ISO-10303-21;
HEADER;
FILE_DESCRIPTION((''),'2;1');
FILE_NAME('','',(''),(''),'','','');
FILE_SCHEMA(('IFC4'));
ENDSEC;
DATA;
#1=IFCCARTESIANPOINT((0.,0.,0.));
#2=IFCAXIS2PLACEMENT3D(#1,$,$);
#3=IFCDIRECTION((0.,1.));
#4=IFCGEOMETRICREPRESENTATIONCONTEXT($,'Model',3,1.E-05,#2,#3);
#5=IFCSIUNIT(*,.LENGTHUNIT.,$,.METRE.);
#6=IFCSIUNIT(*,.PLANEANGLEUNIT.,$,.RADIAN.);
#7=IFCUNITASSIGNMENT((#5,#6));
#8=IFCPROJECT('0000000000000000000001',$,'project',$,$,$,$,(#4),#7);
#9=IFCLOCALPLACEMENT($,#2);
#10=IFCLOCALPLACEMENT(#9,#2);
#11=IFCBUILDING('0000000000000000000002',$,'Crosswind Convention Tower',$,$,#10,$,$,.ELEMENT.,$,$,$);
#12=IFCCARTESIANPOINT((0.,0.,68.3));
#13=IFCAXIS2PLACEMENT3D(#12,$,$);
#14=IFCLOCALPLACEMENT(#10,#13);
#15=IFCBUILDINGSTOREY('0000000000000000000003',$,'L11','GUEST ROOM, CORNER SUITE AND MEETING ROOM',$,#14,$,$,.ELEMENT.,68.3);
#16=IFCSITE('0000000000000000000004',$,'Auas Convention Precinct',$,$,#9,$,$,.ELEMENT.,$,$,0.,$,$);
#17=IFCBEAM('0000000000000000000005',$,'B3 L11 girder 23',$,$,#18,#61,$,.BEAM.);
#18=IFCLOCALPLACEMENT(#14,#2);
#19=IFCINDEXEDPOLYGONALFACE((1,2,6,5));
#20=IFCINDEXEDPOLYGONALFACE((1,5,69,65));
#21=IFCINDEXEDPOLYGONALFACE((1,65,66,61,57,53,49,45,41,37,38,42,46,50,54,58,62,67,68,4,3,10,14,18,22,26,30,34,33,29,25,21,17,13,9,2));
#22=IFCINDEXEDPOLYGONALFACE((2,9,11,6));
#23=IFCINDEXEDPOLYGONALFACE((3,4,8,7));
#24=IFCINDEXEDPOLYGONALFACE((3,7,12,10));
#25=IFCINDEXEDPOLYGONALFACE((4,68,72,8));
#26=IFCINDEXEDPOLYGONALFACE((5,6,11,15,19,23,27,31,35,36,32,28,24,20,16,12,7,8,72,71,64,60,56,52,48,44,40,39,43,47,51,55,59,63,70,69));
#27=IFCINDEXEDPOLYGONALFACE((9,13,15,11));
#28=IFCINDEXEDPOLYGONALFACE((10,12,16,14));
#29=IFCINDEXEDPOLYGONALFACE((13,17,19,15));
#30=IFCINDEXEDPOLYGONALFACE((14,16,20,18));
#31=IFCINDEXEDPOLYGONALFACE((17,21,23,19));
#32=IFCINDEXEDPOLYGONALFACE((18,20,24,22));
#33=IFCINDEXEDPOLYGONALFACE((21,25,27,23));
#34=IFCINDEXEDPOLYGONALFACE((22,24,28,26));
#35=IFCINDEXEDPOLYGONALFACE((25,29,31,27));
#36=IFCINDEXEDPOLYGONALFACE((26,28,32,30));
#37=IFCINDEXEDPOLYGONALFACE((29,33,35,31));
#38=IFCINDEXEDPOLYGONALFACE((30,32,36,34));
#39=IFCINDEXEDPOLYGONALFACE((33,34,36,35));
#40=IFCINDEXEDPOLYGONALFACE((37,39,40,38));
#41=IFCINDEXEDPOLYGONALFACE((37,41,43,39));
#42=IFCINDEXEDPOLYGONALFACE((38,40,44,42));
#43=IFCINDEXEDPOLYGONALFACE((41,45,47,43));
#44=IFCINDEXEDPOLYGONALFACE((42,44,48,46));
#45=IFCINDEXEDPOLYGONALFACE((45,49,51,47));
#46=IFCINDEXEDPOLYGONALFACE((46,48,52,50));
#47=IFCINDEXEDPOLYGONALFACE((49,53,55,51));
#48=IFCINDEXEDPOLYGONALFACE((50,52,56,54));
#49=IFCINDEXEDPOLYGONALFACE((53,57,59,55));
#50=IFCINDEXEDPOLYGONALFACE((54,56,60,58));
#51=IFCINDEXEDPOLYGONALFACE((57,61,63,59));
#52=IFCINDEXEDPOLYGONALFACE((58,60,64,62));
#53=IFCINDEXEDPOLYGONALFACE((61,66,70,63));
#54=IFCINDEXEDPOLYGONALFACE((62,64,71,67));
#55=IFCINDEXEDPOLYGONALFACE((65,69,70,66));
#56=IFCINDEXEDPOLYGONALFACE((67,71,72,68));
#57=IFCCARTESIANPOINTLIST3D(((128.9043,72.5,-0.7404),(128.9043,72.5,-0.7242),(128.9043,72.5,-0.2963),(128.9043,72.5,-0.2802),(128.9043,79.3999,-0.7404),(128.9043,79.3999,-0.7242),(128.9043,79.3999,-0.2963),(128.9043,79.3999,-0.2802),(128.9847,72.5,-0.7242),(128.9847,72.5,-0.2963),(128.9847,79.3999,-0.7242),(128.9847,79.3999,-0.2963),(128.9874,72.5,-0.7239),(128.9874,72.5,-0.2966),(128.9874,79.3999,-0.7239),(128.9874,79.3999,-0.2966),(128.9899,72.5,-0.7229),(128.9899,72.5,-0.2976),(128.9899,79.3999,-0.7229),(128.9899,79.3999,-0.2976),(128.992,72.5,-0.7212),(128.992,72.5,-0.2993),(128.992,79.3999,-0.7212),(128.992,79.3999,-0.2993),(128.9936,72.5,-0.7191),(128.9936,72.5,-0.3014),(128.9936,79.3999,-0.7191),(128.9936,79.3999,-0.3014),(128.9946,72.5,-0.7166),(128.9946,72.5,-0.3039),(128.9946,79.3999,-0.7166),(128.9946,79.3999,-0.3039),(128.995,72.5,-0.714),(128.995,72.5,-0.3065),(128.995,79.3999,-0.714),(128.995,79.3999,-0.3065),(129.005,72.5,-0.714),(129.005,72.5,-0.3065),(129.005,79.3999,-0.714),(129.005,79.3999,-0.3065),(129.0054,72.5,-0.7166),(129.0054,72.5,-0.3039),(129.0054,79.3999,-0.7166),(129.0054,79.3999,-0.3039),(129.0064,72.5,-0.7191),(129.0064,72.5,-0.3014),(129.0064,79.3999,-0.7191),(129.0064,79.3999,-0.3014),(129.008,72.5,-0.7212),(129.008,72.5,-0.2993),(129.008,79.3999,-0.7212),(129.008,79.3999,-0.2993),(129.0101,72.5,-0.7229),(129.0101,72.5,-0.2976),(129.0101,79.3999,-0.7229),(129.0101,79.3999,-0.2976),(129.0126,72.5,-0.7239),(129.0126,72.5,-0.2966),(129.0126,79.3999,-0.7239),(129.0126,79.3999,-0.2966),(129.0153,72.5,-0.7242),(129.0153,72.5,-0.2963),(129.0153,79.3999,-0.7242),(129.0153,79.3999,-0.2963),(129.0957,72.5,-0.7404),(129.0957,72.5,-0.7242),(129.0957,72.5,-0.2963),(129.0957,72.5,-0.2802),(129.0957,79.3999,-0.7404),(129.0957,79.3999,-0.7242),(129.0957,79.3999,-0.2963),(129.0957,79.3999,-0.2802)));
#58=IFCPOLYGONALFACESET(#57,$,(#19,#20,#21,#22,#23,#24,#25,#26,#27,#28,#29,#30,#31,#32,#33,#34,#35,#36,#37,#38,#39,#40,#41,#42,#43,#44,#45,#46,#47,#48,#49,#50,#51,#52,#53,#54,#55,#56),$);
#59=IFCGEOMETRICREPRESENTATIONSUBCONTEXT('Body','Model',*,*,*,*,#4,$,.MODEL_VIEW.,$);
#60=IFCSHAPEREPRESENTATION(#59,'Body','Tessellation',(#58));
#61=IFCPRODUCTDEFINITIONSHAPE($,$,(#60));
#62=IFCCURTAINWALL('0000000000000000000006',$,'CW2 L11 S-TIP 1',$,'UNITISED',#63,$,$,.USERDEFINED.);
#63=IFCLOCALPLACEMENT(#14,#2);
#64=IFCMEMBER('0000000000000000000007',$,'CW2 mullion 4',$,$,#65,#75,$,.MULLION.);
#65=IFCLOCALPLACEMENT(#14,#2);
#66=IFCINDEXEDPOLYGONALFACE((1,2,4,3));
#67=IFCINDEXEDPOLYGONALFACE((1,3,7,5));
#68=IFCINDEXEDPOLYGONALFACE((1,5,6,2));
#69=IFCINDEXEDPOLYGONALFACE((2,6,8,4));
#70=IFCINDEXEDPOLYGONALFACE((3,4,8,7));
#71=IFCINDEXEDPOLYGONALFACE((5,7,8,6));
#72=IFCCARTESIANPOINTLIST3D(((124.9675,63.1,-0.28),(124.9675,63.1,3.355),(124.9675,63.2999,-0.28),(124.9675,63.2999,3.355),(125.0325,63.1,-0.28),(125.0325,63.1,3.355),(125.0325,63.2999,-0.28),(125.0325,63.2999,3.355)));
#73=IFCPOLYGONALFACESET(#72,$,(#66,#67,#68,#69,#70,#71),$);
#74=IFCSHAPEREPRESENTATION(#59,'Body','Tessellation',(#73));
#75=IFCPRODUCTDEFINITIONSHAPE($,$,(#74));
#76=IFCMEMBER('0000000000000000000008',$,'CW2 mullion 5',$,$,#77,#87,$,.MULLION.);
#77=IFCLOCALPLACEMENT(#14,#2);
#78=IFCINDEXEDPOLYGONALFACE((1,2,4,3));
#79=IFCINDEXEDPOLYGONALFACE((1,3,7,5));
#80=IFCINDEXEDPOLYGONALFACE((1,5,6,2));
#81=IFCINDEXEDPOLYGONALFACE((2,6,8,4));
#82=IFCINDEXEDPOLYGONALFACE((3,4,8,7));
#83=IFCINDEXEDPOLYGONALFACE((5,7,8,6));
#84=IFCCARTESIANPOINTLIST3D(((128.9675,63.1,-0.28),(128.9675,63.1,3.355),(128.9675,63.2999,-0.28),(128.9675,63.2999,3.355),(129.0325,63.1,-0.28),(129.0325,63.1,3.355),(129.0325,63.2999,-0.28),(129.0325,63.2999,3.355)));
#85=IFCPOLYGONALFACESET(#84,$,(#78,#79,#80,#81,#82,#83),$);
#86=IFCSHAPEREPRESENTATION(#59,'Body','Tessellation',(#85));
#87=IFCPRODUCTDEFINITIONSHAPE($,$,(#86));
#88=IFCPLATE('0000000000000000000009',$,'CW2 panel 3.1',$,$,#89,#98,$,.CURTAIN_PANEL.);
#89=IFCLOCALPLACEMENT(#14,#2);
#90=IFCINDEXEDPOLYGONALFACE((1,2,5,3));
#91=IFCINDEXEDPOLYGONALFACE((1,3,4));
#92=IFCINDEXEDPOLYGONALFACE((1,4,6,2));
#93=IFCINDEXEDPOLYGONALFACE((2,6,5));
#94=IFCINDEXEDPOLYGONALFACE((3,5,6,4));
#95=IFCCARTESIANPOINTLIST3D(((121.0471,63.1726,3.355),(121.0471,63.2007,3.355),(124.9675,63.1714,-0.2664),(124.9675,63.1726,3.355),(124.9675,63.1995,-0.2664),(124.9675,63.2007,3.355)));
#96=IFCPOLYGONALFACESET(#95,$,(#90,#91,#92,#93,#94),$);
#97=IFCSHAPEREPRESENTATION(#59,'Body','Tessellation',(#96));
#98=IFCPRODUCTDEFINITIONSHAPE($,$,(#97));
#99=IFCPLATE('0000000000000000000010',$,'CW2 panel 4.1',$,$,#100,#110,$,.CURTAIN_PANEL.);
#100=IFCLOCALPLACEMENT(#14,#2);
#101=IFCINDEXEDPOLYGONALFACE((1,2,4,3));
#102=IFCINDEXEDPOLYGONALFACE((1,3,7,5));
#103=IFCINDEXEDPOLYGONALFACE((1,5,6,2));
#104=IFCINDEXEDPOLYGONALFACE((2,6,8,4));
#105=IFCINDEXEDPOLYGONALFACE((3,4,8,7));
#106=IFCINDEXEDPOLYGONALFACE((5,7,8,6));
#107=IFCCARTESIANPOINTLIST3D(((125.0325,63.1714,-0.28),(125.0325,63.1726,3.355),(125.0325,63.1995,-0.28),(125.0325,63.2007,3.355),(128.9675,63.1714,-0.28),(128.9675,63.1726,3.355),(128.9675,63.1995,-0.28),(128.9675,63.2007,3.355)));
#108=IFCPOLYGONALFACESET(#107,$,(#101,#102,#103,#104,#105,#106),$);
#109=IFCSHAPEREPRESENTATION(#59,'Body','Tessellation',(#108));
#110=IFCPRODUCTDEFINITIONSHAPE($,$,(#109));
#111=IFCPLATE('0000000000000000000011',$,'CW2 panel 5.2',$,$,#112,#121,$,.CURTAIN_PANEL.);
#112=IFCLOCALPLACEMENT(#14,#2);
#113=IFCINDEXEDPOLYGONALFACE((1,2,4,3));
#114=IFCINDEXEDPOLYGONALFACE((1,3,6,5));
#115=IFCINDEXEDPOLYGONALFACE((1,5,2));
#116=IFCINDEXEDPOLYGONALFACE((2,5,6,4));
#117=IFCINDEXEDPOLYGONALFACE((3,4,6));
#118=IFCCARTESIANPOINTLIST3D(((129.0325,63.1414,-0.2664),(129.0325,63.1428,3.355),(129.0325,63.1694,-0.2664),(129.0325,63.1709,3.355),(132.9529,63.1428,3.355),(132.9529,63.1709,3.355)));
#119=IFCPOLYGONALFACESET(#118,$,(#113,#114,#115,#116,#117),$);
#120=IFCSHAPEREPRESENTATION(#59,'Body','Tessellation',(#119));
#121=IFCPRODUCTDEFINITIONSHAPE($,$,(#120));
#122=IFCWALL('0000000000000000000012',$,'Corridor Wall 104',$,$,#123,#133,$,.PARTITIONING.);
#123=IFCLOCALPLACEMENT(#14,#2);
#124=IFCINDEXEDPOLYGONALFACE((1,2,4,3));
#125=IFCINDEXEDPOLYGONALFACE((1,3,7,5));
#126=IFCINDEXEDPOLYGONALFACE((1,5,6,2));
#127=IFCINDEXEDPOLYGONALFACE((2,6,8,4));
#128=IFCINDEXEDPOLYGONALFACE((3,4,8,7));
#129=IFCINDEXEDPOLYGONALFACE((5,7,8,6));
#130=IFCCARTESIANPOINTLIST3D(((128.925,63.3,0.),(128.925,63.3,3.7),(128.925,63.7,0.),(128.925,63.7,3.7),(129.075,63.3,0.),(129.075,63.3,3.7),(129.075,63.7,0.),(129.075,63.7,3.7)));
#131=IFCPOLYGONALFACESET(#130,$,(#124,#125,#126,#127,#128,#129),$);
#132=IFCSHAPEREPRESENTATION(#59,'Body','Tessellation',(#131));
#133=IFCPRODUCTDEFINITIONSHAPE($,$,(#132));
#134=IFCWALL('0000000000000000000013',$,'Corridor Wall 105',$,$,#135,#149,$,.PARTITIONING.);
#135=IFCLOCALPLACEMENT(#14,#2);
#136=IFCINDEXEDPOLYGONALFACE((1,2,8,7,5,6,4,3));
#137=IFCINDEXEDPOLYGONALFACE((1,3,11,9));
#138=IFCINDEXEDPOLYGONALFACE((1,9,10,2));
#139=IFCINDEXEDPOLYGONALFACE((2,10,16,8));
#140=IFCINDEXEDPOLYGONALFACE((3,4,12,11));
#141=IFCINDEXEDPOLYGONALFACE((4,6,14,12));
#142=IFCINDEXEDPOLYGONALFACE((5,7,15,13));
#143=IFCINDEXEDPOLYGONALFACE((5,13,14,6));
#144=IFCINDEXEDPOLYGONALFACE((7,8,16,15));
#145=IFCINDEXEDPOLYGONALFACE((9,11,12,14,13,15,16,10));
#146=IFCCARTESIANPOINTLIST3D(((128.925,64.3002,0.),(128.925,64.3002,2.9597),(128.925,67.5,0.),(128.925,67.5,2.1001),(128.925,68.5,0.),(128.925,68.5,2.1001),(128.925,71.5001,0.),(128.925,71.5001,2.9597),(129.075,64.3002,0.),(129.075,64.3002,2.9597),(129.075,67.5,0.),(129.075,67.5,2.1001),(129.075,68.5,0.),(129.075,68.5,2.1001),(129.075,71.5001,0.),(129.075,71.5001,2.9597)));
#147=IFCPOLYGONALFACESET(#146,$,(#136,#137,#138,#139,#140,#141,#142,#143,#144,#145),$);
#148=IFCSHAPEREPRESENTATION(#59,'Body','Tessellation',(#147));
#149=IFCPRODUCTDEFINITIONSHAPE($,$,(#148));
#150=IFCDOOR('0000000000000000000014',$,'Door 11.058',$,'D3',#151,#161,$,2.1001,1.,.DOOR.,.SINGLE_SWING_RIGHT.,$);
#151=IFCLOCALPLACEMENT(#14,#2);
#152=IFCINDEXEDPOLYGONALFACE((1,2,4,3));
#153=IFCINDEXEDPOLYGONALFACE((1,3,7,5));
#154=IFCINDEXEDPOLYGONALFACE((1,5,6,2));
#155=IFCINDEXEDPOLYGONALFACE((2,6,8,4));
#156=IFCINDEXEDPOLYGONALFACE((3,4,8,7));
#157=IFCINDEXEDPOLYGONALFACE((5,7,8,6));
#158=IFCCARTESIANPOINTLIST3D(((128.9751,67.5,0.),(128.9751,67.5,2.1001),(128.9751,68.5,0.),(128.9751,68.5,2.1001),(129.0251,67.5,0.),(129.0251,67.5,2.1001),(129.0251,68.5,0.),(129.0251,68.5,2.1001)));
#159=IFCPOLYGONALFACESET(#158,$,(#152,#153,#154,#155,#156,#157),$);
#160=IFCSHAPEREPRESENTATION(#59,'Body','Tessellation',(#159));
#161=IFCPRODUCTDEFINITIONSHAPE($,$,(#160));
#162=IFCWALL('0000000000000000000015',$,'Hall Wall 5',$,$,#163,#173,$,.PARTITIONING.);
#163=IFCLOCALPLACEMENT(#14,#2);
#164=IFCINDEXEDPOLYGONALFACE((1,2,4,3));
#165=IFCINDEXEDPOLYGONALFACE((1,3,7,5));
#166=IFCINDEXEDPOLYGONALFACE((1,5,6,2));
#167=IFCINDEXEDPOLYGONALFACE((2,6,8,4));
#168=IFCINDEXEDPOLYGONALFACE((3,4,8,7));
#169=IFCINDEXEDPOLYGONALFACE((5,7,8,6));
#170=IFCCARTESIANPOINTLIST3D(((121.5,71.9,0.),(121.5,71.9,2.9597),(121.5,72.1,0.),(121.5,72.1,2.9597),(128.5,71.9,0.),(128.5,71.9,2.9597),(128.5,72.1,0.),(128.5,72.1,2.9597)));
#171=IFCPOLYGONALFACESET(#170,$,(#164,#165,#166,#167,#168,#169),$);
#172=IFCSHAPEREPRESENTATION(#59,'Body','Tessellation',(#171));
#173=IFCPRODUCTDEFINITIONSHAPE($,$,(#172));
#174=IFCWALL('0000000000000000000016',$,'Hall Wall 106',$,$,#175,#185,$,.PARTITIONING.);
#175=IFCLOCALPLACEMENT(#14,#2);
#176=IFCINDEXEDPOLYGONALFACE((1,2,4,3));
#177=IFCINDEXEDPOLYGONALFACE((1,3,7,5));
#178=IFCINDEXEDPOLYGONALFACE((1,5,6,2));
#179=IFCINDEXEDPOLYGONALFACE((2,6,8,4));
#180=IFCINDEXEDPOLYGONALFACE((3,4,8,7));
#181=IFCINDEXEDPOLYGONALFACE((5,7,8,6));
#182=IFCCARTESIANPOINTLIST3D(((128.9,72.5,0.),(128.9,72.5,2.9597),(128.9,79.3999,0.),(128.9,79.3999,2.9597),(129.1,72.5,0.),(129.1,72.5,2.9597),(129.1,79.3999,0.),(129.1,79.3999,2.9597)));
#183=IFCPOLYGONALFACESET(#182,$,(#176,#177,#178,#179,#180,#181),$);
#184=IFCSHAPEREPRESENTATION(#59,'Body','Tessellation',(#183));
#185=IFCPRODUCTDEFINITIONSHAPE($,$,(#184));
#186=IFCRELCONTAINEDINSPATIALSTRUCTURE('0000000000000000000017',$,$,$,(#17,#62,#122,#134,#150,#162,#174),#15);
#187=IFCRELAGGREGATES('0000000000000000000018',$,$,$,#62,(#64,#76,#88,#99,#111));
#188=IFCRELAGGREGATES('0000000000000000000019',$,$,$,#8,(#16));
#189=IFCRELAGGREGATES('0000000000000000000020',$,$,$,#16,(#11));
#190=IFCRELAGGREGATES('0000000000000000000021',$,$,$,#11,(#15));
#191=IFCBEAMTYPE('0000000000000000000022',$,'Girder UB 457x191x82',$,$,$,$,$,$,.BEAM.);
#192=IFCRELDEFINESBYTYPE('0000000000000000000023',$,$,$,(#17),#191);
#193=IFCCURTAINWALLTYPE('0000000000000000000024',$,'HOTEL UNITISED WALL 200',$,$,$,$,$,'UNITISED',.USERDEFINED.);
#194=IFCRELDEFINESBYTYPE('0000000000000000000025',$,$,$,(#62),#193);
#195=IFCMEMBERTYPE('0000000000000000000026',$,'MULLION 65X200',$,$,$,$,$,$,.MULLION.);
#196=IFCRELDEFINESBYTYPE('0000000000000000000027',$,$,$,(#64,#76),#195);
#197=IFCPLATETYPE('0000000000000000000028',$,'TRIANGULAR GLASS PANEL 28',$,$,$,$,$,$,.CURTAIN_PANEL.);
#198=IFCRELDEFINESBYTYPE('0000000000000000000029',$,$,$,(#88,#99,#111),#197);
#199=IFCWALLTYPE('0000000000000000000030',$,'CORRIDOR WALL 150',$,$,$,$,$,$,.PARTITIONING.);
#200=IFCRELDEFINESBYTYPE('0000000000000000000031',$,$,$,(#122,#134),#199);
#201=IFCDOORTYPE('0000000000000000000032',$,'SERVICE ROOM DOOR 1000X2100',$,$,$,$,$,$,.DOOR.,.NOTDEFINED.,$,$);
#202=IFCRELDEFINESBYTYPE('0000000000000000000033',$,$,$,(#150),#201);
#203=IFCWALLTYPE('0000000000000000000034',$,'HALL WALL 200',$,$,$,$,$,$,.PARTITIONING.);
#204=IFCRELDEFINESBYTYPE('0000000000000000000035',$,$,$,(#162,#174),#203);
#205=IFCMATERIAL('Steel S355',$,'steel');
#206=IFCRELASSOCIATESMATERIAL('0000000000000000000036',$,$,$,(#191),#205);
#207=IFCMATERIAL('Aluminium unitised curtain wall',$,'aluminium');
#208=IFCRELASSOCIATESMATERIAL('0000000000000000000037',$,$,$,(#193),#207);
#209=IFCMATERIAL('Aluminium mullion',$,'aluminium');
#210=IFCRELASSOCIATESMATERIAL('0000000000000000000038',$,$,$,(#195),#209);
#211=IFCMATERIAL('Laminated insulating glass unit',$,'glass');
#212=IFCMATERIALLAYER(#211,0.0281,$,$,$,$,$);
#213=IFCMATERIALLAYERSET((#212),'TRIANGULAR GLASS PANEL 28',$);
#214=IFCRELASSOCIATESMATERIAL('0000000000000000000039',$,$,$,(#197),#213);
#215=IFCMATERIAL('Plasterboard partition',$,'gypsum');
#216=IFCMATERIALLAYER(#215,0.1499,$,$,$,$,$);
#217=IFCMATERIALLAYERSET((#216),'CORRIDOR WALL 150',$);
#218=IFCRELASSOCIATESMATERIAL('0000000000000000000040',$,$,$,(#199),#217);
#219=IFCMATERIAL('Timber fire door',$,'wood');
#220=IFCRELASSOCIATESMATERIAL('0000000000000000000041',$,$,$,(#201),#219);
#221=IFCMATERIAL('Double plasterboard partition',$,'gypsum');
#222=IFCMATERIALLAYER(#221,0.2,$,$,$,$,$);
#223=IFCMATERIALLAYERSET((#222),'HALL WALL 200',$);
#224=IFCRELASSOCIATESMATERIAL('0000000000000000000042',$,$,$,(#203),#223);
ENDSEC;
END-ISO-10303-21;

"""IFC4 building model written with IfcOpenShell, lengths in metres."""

from ifc_helpers import new_model, si_unit, direction, frame, frame_2d, origin, origin_2d, place, context, subcontext, project, spatial, polyline, rectangle, i_section, outline, extrude, material, layer, layer_set, material_profile, profile_set, type_object, element, fill, aggregate, save


model = new_model("IFC4")

# Units and contexts
model_context = context("Model", 3, precision=1e-05, world=origin(), true_north=direction((0.0, 1.0)))
body_context = subcontext(model_context, "Body", "Model", "MODEL_VIEW")
ifc_project = project(units=[si_unit("LENGTHUNIT", "METRE"), si_unit("PLANEANGLEUNIT", "RADIAN")], contexts=[model_context])

# Site, building, storey
site_placement = place(None, origin())
site = spatial("IfcSite", under=ifc_project, at=site_placement, Name="Auas Convention Precinct", CompositionType="ELEMENT", RefElevation=0.0)
building_placement = place(site_placement, origin())
building = spatial("IfcBuilding", under=site, at=building_placement, Name="Crosswind Convention Tower", CompositionType="ELEMENT")
storey_placement = place(building_placement, frame((0.0, 0.0, 68.3)))
storey = spatial("IfcBuildingStorey", under=building, at=storey_placement, Name="L11", Description="GUEST ROOM, CORNER SUITE AND MEETING ROOM", CompositionType="ELEMENT", Elevation=68.3)

# Beam
ifc_material_1 = material(Name="Steel S355", Category="steel")
ifc_material_profile_1 = material_profile(ifc_material_1, i_section(OverallWidth=0.1914, OverallDepth=0.4602, WebThickness=0.01, FlangeThickness=0.0161, FilletRadius=0.0103, at=origin_2d()), Name="UB 457x191x82")
ifc_profile_set_1 = profile_set([ifc_material_profile_1], Name="Steel S355")
beam_type_1 = type_object("IfcBeamType", Name="Girder UB 457x191x82", PredefinedType="BEAM", material=ifc_profile_set_1)
beam_1_placement = place(storey_placement, frame((129.0, 72.5, -0.5103), z_axis=(0.0, 1.0, 0.0), x_axis=(-1.0, 0.0, 0.0)))
element("IfcBeam", 1, at=beam_1_placement, inside=storey, type_object=beam_type_1, Name="B3 L11 girder 23", PredefinedType="BEAM", context=body_context, shape_type="SweptSolid", body=[
    extrude(i_section(OverallWidth=0.1914, OverallDepth=0.4602, WebThickness=0.01, FlangeThickness=0.0161, FilletRadius=0.0103, at=origin_2d()), origin(), (0.0, 0.0, 1.0), 6.8999),
])

# Curtain wall, members, plates
ifc_material_2 = material(Name="Aluminium unitised curtain wall", Category="aluminium")
curtain_wall_type = type_object("IfcCurtainWallType", Name="HOTEL UNITISED WALL 200", ElementType="UNITISED", PredefinedType="USERDEFINED", material=ifc_material_2)
curtain_wall_placement = place(storey_placement, origin())
curtain_wall = element("IfcCurtainWall", 2, at=curtain_wall_placement, inside=storey, type_object=curtain_wall_type, Name="CW2 L11 S-TIP 1", ObjectType="UNITISED", PredefinedType="USERDEFINED")
ifc_material_3 = material(Name="Aluminium mullion", Category="aluminium")
ifc_material_profile_2 = material_profile(ifc_material_3, rectangle(XDim=0.2, YDim=0.0649, at=origin_2d()), Name="AL 200X65")
ifc_profile_set_2 = profile_set([ifc_material_profile_2], Name="Aluminium mullion")
member_type = type_object("IfcMemberType", Name="MULLION 65X200", PredefinedType="MULLION", material=ifc_profile_set_2)
member_1_placement = place(storey_placement, frame((125.0, 63.2, -0.28), z_axis=(0.0, 0.0, 1.0), x_axis=(0.0, -1.0, 0.0)))
member_1 = element("IfcMember", 3, at=member_1_placement, type_object=member_type, Name="CW2 mullion 4", PredefinedType="MULLION", context=body_context, shape_type="SweptSolid", body=[
    extrude(rectangle(XDim=0.2, YDim=0.0649, at=origin_2d()), origin(), (0.0, 0.0, 1.0), 3.635),
])
member_2_placement = place(storey_placement, frame((129.0, 63.2, -0.28), z_axis=(0.0, 0.0, 1.0), x_axis=(0.0, -1.0, 0.0)))
member_2 = element("IfcMember", 4, at=member_2_placement, type_object=member_type, Name="CW2 mullion 5", PredefinedType="MULLION", context=body_context, shape_type="SweptSolid", body=[
    extrude(rectangle(XDim=0.2, YDim=0.0649, at=origin_2d()), origin(), (0.0, 0.0, 1.0), 3.635),
])
ifc_material_4 = material(Name="Laminated insulating glass unit", Category="glass")
ifc_layer_1 = layer(ifc_material_4, 0.0281)
ifc_layer_set_1 = layer_set([ifc_layer_1], Name="TRIANGULAR GLASS PANEL 28")
plate_type = type_object("IfcPlateType", Name="TRIANGULAR GLASS PANEL 28", PredefinedType="CURTAIN_PANEL", material=ifc_layer_set_1)
plate_1_placement = place(storey_placement, frame((124.9675, 63.1726, 3.355), z_axis=(0.0, -1.0, 0.000337), x_axis=(-1.0, 0.0, 0.0)))
plate_1 = element("IfcPlate", 5, at=plate_1_placement, type_object=plate_type, Name="CW2 panel 3.1", PredefinedType="CURTAIN_PANEL", context=body_context, shape_type="SweptSolid", body=[
    extrude(outline(polyline([(0.0, 0.0), (3.9204, 0.0), (0.0, 3.6213), (0.0, 0.0)])), origin(), (0.0, 0.0, -1.0), 0.0281),
])
plate_2_placement = place(storey_placement, frame((125.0325, 63.1714, -0.28), z_axis=(0.0, -1.0, 0.000336), x_axis=(1.0, 0.0, 0.0)))
plate_2 = element("IfcPlate", 6, at=plate_2_placement, type_object=plate_type, Name="CW2 panel 4.1", PredefinedType="CURTAIN_PANEL", context=body_context, shape_type="SweptSolid", body=[
    extrude(outline(polyline([(0.0, 0.0), (3.9351, 0.0), (3.9351, 3.635), (0.0, 3.635), (0.0, 0.0)])), origin(), (0.0, 0.0, -1.0), 0.0281),
])
plate_3_placement = place(storey_placement, frame((129.0325, 63.1428, 3.355), z_axis=(0.0, -1.0, 0.000405), x_axis=(0.0, -0.000405, -1.0)))
plate_3 = element("IfcPlate", 7, at=plate_3_placement, type_object=plate_type, Name="CW2 panel 5.2", PredefinedType="CURTAIN_PANEL", context=body_context, shape_type="SweptSolid", body=[
    extrude(outline(polyline([(0.0, 0.0), (3.6213, 0.0), (0.0, 3.9204), (0.0, 0.0)])), origin(), (0.0, 0.0, -1.0), 0.0281),
])
aggregate(curtain_wall, [member_1, member_2, plate_1, plate_2, plate_3])

# Wall
ifc_material_5 = material(Name="Plasterboard partition", Category="gypsum")
ifc_layer_2 = layer(ifc_material_5, 0.1499)
ifc_layer_set_2 = layer_set([ifc_layer_2], Name="CORRIDOR WALL 150")
wall_type_1 = type_object("IfcWallType", Name="CORRIDOR WALL 150", PredefinedType="PARTITIONING", material=ifc_layer_set_2)
wall_1_placement = place(storey_placement, frame((129.0, 63.3, 0.0), z_axis=(0.0, 0.0, 1.0), x_axis=(0.0, 1.0, 0.0)))
element("IfcWall", 8, at=wall_1_placement, inside=storey, type_object=wall_type_1, Name="Corridor Wall 104", PredefinedType="PARTITIONING", context=body_context, shape_type="SweptSolid", body=[
    extrude(rectangle(XDim=0.3999, YDim=0.1499, at=frame_2d((0.2, 0.0))), origin(), (0.0, 0.0, 1.0), 3.7),
])

# Wall, opening, door
wall_2_placement = place(storey_placement, frame((129.0, 64.3, 0.0), z_axis=(0.0, 0.0, 1.0), x_axis=(0.0, 1.0, 0.0)))
wall_2 = element("IfcWall", 9, at=wall_2_placement, inside=storey, type_object=wall_type_1, Name="Corridor Wall 105", PredefinedType="PARTITIONING", context=body_context, shape_type="SweptSolid", body=[
    extrude(rectangle(XDim=7.2, YDim=0.1499, at=frame_2d((3.6001, 0.0))), origin(), (0.0, 0.0, 1.0), 2.9597),
])
opening_placement = place(wall_2_placement, frame((3.2, 0.0, 0.0)))
opening = element("IfcOpeningElement", 10, at=opening_placement, cuts=wall_2, PredefinedType="OPENING", context=body_context, shape_type="SweptSolid", body=[
    extrude(rectangle(XDim=1.0, YDim=2.1001, at=frame_2d((0.5, 1.05))), frame((0.0, 0.085, 0.0), z_axis=(0.0, -1.0, 0.0), x_axis=(1.0, 0.0, 0.0)), (0.0, 0.0, 1.0), 0.1699),
])
ifc_material_6 = material(Name="Timber fire door", Category="wood")
door_type = type_object("IfcDoorType", Name="SERVICE ROOM DOOR 1000X2100", OperationType="NOTDEFINED", PredefinedType="DOOR", material=ifc_material_6)
door_placement = place(opening_placement, origin())
door = element("IfcDoor", 11, at=door_placement, inside=storey, type_object=door_type, Name="Door 11.058", ObjectType="D3", OperationType="SINGLE_SWING_RIGHT", OverallHeight=2.1001, OverallWidth=1.0, PredefinedType="DOOR", context=body_context, shape_type="SweptSolid", body=[
    extrude(rectangle(XDim=1.0, YDim=2.1001, at=frame_2d((0.5, 1.05))), frame((0.0, 0.0249, 0.0), z_axis=(0.0, -1.0, 0.0), x_axis=(1.0, 0.0, 0.0)), (0.0, 0.0, 1.0), 0.05),
])
fill(opening, door)

# Walls
ifc_material_7 = material(Name="Double plasterboard partition", Category="gypsum")
ifc_layer_3 = layer(ifc_material_7, 0.2)
ifc_layer_set_3 = layer_set([ifc_layer_3], Name="HALL WALL 200")
wall_type_2 = type_object("IfcWallType", Name="HALL WALL 200", PredefinedType="PARTITIONING", material=ifc_layer_set_3)
wall_3_placement = place(storey_placement, frame((121.5, 72.0, 0.0), z_axis=(0.0, 0.0, 1.0), x_axis=(1.0, 0.0, 0.0)))
element("IfcWall", 12, at=wall_3_placement, inside=storey, type_object=wall_type_2, Name="Hall Wall 5", PredefinedType="PARTITIONING", context=body_context, shape_type="SweptSolid", body=[
    extrude(rectangle(XDim=7.0, YDim=0.2, at=frame_2d((3.5, 0.0))), origin(), (0.0, 0.0, 1.0), 2.9597),
])
wall_4_placement = place(storey_placement, frame((129.0, 72.5, 0.0), z_axis=(0.0, 0.0, 1.0), x_axis=(0.0, 1.0, 0.0)))
element("IfcWall", 13, at=wall_4_placement, inside=storey, type_object=wall_type_2, Name="Hall Wall 106", PredefinedType="PARTITIONING", context=body_context, shape_type="SweptSolid", body=[
    extrude(rectangle(XDim=6.8999, YDim=0.2, at=frame_2d((3.45, 0.0))), origin(), (0.0, 0.0, 1.0), 2.9597),
])

save(model, "model.ifc")
